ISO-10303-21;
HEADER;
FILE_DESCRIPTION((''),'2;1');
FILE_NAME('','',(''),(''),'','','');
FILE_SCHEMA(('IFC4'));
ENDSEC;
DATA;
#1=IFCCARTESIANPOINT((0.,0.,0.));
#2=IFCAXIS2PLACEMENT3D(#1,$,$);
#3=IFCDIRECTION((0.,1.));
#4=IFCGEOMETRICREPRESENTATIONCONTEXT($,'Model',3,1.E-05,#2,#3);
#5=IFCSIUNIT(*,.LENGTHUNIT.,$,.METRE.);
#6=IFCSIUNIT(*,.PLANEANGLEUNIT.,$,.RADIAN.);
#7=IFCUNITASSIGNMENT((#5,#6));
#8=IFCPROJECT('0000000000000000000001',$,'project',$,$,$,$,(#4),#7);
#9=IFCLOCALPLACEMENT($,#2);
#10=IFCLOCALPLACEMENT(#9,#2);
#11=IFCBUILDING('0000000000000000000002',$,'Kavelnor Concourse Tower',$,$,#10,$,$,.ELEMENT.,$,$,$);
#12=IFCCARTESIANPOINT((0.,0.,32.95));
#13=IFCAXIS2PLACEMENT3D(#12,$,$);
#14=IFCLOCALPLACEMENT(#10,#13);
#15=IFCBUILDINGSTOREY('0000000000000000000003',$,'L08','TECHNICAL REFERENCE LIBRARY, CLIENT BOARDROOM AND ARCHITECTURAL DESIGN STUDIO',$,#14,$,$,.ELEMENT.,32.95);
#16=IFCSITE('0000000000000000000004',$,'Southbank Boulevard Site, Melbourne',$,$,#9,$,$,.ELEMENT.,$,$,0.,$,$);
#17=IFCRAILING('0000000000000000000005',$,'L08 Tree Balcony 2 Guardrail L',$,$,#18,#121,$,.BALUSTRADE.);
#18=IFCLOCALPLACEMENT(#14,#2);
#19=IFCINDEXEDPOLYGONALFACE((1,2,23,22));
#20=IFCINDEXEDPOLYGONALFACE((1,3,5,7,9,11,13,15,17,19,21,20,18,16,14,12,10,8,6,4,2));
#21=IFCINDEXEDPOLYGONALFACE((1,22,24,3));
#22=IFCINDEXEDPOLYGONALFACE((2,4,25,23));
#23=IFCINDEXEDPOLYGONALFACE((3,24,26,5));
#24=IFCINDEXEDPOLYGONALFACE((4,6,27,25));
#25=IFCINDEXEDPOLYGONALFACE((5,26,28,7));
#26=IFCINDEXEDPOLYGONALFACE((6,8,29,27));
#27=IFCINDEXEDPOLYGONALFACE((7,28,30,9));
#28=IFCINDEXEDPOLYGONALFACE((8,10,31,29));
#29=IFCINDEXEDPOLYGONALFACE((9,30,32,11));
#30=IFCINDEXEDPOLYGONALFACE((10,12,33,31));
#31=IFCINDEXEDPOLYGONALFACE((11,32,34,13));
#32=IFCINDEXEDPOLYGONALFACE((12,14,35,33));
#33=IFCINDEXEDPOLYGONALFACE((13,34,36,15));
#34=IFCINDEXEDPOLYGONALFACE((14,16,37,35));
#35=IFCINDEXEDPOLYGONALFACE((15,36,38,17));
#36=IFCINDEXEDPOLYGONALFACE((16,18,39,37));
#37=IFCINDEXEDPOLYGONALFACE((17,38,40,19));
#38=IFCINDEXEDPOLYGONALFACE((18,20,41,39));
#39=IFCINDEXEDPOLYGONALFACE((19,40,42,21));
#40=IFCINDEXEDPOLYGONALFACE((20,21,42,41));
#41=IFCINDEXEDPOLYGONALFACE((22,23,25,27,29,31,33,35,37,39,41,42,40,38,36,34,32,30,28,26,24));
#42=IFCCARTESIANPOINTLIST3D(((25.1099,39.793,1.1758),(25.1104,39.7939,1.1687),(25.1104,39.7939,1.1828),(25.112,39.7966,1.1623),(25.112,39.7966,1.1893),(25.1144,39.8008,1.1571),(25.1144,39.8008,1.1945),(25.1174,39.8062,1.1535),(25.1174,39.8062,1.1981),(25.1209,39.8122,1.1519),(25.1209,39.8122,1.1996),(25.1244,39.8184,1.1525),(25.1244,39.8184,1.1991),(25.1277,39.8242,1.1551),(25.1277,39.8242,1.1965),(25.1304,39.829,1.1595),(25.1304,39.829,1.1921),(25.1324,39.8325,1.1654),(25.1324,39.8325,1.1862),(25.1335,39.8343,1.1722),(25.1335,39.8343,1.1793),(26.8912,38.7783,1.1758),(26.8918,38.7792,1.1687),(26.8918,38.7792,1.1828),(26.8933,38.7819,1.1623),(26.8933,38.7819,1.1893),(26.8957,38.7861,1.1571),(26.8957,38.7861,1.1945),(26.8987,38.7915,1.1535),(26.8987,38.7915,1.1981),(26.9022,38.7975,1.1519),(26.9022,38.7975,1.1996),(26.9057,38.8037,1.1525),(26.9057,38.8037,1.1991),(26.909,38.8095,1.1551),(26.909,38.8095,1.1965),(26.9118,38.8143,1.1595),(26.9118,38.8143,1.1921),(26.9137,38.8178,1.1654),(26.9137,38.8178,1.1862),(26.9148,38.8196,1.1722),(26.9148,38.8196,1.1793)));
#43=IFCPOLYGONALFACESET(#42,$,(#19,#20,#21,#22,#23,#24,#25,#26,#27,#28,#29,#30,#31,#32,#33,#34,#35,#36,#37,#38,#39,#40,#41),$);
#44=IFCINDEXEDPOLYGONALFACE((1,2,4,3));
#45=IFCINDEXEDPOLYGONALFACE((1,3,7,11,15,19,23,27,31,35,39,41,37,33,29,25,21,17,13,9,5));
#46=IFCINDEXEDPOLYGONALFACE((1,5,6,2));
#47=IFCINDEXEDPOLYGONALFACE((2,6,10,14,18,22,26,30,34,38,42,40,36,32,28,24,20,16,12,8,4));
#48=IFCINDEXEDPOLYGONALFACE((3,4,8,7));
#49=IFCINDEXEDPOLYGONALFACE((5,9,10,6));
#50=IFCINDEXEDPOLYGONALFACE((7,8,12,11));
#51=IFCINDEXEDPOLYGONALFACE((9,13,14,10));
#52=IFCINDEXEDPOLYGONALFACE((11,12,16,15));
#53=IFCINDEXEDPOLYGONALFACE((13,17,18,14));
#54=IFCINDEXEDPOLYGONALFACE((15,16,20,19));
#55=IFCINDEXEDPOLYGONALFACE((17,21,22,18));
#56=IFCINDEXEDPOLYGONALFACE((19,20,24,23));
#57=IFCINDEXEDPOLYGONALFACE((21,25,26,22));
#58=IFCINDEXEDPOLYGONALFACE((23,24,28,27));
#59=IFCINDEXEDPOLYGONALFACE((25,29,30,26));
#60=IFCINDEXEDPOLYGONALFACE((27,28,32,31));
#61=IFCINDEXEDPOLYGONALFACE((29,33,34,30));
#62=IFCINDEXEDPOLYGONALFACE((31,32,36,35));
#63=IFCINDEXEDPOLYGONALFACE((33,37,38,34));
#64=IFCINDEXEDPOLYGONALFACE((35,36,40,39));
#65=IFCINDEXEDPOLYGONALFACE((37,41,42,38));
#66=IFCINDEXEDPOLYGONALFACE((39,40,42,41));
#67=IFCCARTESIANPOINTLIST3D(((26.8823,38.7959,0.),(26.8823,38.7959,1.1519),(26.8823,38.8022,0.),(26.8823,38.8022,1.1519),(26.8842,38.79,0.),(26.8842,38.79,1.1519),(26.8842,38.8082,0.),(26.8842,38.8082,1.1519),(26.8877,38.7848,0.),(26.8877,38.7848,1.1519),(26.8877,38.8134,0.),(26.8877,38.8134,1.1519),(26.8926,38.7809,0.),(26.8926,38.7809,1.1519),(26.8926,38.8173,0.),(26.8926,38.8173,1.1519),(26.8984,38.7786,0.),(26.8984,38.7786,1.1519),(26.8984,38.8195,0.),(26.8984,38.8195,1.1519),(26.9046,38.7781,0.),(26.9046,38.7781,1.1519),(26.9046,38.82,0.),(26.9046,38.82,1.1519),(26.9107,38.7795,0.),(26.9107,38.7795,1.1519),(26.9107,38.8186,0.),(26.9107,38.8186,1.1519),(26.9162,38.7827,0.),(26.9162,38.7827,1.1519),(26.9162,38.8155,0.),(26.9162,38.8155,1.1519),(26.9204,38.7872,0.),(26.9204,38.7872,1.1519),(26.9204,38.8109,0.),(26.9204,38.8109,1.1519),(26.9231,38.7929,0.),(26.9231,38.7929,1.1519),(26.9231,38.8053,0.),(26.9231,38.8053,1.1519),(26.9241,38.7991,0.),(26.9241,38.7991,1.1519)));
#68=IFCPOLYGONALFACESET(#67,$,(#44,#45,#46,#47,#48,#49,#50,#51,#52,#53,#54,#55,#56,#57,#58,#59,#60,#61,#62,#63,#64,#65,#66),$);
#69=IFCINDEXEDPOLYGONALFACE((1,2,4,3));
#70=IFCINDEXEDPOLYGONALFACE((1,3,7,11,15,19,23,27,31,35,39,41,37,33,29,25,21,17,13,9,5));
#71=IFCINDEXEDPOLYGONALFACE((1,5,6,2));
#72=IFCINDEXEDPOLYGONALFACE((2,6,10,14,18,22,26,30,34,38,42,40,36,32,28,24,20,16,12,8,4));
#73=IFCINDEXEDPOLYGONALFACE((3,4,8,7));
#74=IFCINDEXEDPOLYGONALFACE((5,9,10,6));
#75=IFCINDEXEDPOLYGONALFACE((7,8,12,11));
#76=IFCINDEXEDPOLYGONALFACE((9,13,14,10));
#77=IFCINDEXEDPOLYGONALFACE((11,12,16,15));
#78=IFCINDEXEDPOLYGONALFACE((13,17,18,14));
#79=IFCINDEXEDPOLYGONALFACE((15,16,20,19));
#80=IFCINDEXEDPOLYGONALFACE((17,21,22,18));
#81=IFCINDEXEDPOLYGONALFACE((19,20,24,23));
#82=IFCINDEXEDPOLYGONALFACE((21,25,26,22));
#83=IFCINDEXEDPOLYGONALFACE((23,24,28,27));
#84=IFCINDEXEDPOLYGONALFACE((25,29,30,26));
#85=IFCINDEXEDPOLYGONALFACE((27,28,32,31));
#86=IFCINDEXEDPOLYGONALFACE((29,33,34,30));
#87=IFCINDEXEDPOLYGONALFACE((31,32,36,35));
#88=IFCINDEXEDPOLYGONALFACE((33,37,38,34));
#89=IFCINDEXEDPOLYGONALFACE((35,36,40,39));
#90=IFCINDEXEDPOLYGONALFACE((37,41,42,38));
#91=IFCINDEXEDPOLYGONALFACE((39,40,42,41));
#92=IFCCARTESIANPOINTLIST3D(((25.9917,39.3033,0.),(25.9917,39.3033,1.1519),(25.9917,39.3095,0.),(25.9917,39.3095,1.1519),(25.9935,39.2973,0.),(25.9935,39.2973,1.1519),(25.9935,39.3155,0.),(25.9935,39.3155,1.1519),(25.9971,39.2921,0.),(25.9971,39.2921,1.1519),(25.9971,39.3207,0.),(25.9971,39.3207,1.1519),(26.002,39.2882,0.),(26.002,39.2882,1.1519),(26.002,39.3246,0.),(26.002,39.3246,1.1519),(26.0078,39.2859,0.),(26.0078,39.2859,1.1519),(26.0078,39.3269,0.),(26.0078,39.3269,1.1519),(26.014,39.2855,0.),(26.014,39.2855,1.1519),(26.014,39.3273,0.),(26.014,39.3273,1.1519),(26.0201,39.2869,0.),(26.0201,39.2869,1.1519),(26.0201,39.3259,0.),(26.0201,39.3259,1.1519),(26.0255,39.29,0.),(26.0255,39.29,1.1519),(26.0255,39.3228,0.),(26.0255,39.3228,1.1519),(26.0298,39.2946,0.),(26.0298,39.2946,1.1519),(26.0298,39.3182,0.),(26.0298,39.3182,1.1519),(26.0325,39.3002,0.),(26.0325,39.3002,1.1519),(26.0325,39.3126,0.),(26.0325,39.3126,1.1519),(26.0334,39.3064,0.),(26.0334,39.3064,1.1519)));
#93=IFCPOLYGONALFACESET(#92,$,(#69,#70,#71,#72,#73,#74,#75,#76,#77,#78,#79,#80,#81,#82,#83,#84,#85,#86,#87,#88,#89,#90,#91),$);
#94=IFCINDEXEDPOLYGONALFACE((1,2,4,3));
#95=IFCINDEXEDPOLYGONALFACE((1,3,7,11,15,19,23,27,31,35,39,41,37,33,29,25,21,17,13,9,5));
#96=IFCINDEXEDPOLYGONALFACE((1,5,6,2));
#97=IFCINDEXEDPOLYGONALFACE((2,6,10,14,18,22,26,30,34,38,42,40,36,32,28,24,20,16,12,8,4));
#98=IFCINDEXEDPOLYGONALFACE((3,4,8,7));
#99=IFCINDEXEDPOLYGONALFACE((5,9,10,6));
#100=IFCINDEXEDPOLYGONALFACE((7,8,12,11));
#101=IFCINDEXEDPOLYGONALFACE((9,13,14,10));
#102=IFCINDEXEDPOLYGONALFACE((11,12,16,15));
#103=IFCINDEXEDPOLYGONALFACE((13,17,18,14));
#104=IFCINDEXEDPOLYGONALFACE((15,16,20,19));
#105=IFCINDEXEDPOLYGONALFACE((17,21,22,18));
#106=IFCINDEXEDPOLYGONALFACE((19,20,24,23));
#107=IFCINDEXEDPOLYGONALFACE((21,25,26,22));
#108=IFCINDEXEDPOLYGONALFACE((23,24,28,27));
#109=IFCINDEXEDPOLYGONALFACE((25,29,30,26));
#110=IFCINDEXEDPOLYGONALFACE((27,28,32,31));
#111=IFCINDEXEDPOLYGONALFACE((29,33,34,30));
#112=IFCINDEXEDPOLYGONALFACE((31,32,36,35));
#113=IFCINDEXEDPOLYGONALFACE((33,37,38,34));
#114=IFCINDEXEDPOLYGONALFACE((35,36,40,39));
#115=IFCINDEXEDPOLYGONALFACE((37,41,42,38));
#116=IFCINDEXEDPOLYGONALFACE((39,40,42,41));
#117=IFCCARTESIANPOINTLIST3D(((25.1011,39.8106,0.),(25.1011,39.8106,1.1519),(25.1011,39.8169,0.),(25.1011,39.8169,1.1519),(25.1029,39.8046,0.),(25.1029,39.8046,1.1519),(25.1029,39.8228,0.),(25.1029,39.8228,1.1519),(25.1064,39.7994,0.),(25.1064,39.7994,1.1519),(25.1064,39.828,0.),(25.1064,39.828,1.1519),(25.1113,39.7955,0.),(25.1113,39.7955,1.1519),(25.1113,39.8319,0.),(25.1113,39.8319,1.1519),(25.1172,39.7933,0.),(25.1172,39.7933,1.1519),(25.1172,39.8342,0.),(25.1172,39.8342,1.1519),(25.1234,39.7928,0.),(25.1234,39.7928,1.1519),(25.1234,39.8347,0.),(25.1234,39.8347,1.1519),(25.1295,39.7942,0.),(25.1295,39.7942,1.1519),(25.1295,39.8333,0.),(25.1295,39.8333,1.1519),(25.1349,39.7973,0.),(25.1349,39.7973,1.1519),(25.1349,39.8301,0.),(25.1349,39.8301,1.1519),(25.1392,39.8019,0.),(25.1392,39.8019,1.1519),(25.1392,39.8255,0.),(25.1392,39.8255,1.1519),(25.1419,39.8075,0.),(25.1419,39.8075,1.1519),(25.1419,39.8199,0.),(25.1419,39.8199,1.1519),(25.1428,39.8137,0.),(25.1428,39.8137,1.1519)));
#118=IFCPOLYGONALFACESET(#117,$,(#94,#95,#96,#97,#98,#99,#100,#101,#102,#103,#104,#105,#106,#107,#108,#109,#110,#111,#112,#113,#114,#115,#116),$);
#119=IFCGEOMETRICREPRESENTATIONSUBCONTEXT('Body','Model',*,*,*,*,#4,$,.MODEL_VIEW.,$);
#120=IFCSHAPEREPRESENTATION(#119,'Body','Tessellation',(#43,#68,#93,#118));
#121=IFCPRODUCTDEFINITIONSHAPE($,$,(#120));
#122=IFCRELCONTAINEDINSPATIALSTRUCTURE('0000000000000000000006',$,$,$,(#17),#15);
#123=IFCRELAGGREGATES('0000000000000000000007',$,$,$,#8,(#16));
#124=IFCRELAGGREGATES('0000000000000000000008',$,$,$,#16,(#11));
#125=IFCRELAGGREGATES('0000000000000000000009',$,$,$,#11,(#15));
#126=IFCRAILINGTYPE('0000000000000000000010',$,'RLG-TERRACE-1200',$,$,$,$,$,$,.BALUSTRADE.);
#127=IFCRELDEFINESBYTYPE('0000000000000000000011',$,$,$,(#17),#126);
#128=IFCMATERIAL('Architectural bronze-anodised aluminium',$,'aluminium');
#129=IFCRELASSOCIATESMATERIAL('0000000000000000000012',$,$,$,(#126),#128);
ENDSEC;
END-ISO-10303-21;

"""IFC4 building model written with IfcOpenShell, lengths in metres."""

from ifc_helpers import new_model, si_unit, direction, frame, origin, origin_2d, place, context, subcontext, project, spatial, circle, extrude, material, type_object, element, save


model = new_model("IFC4")

# Units and contexts
model_context = context("Model", 3, precision=1e-05, world=origin(), true_north=direction((0.0, 1.0)))
body_context = subcontext(model_context, "Body", "Model", "MODEL_VIEW")
ifc_project = project(units=[si_unit("LENGTHUNIT", "METRE"), si_unit("PLANEANGLEUNIT", "RADIAN")], contexts=[model_context])

# Site, building, storey
site_placement = place(None, origin())
site = spatial("IfcSite", under=ifc_project, at=site_placement, Name="Southbank Boulevard Site, Melbourne", CompositionType="ELEMENT", RefElevation=0.0)
building_placement = place(site_placement, origin())
building = spatial("IfcBuilding", under=site, at=building_placement, Name="Kavelnor Concourse Tower", CompositionType="ELEMENT")
storey_placement = place(building_placement, frame((0.0, 0.0, 32.95)))
storey = spatial("IfcBuildingStorey", under=building, at=storey_placement, Name="L08", Description="TECHNICAL REFERENCE LIBRARY, CLIENT BOARDROOM AND ARCHITECTURAL DESIGN STUDIO", CompositionType="ELEMENT", Elevation=32.95)

# Railing
ifc_material_1 = material(Name="Architectural bronze-anodised aluminium", Category="aluminium")
railing_type = type_object("IfcRailingType", Name="RLG-TERRACE-1200", PredefinedType="BALUSTRADE", material=ifc_material_1)
railing_1_placement = place(storey_placement, frame((26.9031, 38.7991, 0.0)))
element("IfcRailing", 1, at=railing_1_placement, inside=storey, type_object=railing_type, Name="L08 Tree Balcony 2 Guardrail L", PredefinedType="BALUSTRADE", context=body_context, shape_type="SweptSolid", body=[
    extrude(circle(Radius=0.0239, at=origin_2d()), frame((0.0, 0.0, 1.1758), z_axis=(-0.868917, 0.494959, 0.0), x_axis=(-0.494959, -0.868917, 0.0)), (0.0, 0.0, 1.0), 2.05),
    extrude(circle(Radius=0.021, at=origin_2d()), origin(), (0.0, 0.0, 1.0), 1.1519),
    extrude(circle(Radius=0.021, at=origin_2d()), frame((-0.8906, 0.5073, 0.0)), (0.0, 0.0, 1.0), 1.1519),
    extrude(circle(Radius=0.021, at=origin_2d()), frame((-1.7812, 1.0146, 0.0)), (0.0, 0.0, 1.0), 1.1519),
])

save(model, "model.ifc")
